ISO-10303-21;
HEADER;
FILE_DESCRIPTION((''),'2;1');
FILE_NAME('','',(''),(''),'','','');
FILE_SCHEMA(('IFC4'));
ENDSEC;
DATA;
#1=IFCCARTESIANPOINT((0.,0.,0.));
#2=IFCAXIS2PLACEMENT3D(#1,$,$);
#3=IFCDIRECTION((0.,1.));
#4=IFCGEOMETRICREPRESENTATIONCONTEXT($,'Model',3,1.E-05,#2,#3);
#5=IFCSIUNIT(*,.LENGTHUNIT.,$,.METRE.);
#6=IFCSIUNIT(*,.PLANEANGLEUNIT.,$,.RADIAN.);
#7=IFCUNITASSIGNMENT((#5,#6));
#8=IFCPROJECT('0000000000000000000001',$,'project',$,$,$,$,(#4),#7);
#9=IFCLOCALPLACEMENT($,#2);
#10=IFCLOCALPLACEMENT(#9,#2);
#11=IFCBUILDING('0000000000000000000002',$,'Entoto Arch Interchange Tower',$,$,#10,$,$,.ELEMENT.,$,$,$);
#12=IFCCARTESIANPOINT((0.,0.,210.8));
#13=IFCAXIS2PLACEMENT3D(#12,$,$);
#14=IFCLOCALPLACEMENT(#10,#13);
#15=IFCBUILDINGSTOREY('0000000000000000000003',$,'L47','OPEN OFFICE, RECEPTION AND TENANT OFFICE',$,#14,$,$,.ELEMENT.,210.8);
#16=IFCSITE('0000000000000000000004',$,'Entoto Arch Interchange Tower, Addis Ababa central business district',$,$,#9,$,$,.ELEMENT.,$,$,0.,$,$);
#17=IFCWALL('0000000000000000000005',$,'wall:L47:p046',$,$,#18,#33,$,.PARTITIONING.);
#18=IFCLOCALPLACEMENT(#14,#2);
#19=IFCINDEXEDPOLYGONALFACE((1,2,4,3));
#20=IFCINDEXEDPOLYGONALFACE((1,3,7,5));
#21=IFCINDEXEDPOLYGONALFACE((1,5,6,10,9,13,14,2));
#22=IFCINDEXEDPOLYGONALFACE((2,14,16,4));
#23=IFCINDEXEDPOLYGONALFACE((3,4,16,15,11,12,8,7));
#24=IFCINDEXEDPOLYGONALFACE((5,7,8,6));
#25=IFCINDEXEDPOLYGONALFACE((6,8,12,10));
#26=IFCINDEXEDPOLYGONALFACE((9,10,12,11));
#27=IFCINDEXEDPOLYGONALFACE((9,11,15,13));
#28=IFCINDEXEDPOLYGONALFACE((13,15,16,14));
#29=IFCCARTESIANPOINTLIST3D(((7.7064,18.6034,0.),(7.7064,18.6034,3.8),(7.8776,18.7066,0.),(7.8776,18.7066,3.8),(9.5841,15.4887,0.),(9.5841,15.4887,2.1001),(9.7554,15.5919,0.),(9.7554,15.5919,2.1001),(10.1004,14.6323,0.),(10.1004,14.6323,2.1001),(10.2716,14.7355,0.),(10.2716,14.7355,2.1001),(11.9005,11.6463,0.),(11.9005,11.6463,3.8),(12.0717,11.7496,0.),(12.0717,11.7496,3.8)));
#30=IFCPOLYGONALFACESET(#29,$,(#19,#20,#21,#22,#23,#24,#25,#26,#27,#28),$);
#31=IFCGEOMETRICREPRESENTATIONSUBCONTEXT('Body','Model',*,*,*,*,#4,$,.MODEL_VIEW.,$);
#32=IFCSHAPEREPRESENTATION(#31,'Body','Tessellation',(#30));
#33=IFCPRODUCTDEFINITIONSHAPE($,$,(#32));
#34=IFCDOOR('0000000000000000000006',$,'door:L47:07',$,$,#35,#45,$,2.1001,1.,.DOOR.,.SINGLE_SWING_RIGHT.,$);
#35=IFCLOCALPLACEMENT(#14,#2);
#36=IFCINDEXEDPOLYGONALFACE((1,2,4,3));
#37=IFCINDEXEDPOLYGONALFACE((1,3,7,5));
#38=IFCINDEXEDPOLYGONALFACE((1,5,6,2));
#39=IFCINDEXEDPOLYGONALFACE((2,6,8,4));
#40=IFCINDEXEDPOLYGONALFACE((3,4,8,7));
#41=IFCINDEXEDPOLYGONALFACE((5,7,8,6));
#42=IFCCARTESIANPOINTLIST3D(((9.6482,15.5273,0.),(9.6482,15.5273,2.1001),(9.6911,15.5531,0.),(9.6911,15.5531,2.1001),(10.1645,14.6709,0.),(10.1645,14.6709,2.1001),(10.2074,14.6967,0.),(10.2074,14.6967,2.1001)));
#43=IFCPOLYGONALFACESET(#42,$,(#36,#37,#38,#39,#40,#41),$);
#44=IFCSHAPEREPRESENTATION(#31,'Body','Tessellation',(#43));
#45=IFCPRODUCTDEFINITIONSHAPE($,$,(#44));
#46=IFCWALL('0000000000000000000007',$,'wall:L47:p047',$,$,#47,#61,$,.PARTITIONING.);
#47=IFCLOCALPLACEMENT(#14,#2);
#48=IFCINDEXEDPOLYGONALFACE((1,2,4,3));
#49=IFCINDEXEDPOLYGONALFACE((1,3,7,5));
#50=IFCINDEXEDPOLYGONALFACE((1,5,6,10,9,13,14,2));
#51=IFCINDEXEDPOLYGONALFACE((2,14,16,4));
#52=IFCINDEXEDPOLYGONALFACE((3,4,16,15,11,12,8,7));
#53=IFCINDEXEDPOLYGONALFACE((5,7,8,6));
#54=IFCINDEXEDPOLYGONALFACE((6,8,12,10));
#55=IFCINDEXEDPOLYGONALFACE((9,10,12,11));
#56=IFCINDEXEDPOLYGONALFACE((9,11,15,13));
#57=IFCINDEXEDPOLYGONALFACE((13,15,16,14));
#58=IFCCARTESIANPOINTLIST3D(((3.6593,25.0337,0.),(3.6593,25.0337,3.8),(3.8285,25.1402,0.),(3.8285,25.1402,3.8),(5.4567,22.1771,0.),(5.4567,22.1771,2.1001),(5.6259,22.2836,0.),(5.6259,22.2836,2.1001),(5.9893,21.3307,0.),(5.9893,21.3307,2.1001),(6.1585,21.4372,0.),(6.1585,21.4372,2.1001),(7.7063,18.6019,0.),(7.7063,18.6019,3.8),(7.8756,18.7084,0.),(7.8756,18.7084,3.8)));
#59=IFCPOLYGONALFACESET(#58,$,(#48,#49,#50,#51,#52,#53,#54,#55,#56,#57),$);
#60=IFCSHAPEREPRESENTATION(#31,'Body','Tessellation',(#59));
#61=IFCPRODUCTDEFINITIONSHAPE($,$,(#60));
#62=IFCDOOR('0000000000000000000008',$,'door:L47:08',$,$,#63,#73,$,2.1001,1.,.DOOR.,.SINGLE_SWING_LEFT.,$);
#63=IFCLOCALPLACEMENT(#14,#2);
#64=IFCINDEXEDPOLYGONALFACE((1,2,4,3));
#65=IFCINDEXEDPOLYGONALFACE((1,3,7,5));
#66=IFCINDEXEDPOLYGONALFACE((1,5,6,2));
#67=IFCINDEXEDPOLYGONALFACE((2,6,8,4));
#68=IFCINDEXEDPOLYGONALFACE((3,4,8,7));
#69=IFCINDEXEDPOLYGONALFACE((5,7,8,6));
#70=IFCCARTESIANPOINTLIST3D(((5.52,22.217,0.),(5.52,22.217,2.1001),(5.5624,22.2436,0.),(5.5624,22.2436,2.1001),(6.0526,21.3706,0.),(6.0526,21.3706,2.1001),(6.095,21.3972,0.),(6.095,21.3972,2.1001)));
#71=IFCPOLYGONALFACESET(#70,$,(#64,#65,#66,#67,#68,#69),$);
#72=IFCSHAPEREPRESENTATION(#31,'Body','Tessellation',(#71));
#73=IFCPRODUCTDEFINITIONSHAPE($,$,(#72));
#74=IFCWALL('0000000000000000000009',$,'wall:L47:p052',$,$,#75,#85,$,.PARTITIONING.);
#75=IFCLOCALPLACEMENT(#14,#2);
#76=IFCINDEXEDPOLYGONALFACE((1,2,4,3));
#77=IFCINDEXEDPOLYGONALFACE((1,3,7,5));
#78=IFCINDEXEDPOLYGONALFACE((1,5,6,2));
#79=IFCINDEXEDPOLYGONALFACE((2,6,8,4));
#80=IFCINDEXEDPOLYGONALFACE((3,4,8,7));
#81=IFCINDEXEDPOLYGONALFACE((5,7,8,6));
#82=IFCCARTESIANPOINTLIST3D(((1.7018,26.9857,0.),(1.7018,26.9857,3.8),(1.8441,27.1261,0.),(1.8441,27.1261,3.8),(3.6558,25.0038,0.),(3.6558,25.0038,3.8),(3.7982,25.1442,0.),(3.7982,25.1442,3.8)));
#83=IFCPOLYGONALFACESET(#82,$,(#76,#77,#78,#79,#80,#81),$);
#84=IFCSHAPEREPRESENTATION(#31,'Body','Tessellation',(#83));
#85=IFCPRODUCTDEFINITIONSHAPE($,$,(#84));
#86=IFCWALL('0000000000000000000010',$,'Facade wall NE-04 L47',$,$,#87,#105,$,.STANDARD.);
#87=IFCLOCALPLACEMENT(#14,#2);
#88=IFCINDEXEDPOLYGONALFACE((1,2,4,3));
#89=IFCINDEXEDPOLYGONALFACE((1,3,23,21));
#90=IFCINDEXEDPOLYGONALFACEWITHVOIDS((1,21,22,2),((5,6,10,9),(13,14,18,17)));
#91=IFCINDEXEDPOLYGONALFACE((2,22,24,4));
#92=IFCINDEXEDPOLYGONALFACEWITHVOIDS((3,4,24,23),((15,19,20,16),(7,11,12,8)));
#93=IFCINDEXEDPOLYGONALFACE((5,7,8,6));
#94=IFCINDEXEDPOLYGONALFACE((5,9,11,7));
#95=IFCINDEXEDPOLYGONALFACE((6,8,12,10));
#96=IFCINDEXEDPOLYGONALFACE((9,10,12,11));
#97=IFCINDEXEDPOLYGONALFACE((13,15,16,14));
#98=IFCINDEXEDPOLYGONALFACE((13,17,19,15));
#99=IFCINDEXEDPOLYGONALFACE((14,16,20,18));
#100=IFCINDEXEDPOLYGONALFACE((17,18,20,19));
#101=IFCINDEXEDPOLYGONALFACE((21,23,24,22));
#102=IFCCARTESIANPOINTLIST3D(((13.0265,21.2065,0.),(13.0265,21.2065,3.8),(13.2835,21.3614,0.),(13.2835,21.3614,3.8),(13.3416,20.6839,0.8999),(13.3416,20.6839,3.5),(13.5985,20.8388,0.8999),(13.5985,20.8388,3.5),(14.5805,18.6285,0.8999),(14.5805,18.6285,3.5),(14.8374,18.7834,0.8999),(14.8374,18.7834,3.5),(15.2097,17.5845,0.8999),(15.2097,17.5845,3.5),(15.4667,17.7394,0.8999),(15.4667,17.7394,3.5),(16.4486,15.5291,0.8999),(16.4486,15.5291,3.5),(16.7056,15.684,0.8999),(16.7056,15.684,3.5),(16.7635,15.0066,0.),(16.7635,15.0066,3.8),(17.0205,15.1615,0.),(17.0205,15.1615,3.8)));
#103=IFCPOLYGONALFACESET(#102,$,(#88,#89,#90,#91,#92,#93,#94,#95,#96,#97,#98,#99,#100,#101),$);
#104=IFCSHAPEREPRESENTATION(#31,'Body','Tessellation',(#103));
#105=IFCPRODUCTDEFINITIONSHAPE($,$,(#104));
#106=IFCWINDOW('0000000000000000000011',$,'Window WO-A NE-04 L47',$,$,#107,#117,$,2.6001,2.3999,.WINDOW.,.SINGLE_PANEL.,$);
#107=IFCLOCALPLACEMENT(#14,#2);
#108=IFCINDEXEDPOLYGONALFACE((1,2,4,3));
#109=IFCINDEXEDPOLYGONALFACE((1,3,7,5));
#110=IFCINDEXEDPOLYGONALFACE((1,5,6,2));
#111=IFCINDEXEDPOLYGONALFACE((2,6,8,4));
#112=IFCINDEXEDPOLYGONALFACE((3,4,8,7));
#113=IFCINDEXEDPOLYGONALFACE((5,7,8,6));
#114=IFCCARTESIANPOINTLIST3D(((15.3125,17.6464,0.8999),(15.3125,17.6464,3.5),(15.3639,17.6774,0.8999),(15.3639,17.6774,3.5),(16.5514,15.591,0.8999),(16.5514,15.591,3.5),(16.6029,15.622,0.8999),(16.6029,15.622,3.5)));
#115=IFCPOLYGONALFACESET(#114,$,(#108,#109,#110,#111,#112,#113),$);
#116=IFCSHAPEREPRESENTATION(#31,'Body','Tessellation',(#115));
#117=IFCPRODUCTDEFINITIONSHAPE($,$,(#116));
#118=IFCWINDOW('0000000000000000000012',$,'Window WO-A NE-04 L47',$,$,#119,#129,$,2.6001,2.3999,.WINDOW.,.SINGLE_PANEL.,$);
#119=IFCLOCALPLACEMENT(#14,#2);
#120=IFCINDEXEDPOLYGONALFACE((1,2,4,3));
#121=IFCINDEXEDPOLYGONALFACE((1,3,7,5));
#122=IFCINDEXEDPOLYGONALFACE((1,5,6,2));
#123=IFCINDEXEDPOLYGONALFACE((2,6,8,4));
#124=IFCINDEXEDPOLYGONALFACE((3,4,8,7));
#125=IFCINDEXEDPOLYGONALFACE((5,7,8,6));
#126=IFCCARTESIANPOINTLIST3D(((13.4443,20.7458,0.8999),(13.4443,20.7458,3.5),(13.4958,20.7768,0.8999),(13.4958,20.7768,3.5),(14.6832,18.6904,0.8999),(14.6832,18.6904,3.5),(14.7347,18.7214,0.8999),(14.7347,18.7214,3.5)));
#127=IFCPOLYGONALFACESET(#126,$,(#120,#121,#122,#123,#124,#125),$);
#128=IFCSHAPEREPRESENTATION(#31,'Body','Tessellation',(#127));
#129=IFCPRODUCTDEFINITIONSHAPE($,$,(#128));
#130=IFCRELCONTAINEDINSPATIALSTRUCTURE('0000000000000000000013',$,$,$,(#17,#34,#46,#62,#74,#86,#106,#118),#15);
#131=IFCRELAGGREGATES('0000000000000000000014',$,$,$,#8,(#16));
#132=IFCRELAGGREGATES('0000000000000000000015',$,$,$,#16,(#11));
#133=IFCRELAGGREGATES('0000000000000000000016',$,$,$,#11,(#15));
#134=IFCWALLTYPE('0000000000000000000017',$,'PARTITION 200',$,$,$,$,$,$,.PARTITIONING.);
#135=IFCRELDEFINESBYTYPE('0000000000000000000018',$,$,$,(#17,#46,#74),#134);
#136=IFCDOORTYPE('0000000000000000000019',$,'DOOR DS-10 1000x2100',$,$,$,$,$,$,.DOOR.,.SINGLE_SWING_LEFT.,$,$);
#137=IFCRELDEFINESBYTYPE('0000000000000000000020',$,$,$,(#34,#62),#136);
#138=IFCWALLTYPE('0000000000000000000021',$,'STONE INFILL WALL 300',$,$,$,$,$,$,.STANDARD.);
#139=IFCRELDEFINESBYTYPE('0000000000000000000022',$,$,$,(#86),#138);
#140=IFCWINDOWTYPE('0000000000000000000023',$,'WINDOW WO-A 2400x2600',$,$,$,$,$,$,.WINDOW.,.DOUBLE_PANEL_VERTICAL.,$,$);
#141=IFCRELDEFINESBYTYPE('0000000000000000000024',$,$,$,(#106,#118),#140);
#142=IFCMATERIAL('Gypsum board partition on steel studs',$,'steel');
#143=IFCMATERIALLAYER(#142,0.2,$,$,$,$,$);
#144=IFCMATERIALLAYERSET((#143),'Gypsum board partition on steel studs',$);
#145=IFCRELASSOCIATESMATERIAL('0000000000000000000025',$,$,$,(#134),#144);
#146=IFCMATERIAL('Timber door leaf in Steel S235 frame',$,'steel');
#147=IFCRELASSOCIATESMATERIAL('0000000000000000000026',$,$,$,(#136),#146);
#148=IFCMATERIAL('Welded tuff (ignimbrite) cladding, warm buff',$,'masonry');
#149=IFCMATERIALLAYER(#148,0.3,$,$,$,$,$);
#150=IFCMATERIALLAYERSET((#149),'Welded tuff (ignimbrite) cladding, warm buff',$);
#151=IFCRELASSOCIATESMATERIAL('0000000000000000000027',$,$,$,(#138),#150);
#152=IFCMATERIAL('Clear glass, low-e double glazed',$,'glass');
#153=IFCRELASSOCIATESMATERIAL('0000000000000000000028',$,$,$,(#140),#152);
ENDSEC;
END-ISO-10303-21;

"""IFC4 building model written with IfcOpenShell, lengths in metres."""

from ifc_helpers import new_model, si_unit, direction, frame, frame_2d, origin, place, context, subcontext, project, spatial, rectangle, extrude, material, layer, layer_set, type_object, element, fill, save


model = new_model("IFC4")

# Units and contexts
model_context = context("Model", 3, precision=1e-05, world=origin(), true_north=direction((0.0, 1.0)))
body_context = subcontext(model_context, "Body", "Model", "MODEL_VIEW")
ifc_project = project(units=[si_unit("LENGTHUNIT", "METRE"), si_unit("PLANEANGLEUNIT", "RADIAN")], contexts=[model_context])

# Site, building, storey
site_placement = place(None, origin())
site = spatial("IfcSite", under=ifc_project, at=site_placement, Name="Entoto Arch Interchange Tower, Addis Ababa central business district", CompositionType="ELEMENT", RefElevation=0.0)
building_placement = place(site_placement, origin())
building = spatial("IfcBuilding", under=site, at=building_placement, Name="Entoto Arch Interchange Tower", CompositionType="ELEMENT")
storey_placement = place(building_placement, frame((0.0, 0.0, 210.8)))
storey = spatial("IfcBuildingStorey", under=building, at=storey_placement, Name="L47", Description="OPEN OFFICE, RECEPTION AND TENANT OFFICE", CompositionType="ELEMENT", Elevation=210.8)

# Shared definitions
ifc_material_1 = material(Name="Gypsum board partition on steel studs", Category="steel")
ifc_layer_1 = layer(ifc_material_1, 0.2)
ifc_layer_set_1 = layer_set([ifc_layer_1], Name="Gypsum board partition on steel studs")
wall_type_1 = type_object("IfcWallType", Name="PARTITION 200", PredefinedType="PARTITIONING", material=ifc_layer_set_1)

# Shared definitions
ifc_material_2 = material(Name="Timber door leaf in Steel S235 frame", Category="steel")
door_type = type_object("IfcDoorType", Name="DOOR DS-10 1000x2100", OperationType="SINGLE_SWING_LEFT", PredefinedType="DOOR", material=ifc_material_2)

# Walls, openings, doors
wall_1_placement = place(storey_placement, frame((7.792, 18.655, 0.0), z_axis=(0.0, 0.0, 1.0), x_axis=(0.516293, -0.856412, 0.0)))
wall_1 = element("IfcWall", 1, at=wall_1_placement, inside=storey, type_object=wall_type_1, Name="wall:L47:p046", PredefinedType="PARTITIONING", context=body_context, shape_type="SweptSolid", body=[
    extrude(rectangle(XDim=8.1235, YDim=0.2, at=frame_2d((4.0618, 0.0))), origin(), (0.0, 0.0, 1.0), 3.8),
])
opening_1_placement = place(wall_1_placement, frame((3.637, 0.0, 0.0)))
opening_1 = element("IfcOpeningElement", 2, at=opening_1_placement, cuts=wall_1, PredefinedType="OPENING", context=body_context, shape_type="SweptSolid", body=[
    extrude(rectangle(XDim=1.0, YDim=2.1001, at=frame_2d((0.5, 1.05))), frame((0.0, 0.1099, 0.0), z_axis=(0.0, -1.0, 0.0), x_axis=(1.0, 0.0, 0.0)), (0.0, 0.0, 1.0), 0.22),
])
door_1_placement = place(opening_1_placement, origin())
door_1 = element("IfcDoor", 3, at=door_1_placement, inside=storey, type_object=door_type, Name="door:L47:07", OperationType="SINGLE_SWING_RIGHT", OverallHeight=2.1001, OverallWidth=1.0, PredefinedType="DOOR", context=body_context, shape_type="SweptSolid", body=[
    extrude(rectangle(XDim=1.0, YDim=2.1001, at=frame_2d((0.5, 1.05))), frame((0.0, 0.0249, 0.0), z_axis=(0.0, -1.0, 0.0), x_axis=(1.0, 0.0, 0.0)), (0.0, 0.0, 1.0), 0.05),
])
fill(opening_1, door_1)
wall_2_placement = place(storey_placement, frame((3.7439, 25.0869, 0.0), z_axis=(0.0, 0.0, 1.0), x_axis=(0.53257, -0.846386, 0.0)))
wall_2 = element("IfcWall", 4, at=wall_2_placement, inside=storey, type_object=wall_type_1, Name="wall:L47:p047", PredefinedType="PARTITIONING", context=body_context, shape_type="SweptSolid", body=[
    extrude(rectangle(XDim=7.5991, YDim=0.2, at=frame_2d((3.7996, 0.0))), origin(), (0.0, 0.0, 1.0), 3.8),
])
opening_2_placement = place(wall_2_placement, frame((3.375, 0.0, 0.0)))
opening_2 = element("IfcOpeningElement", 5, at=opening_2_placement, cuts=wall_2, PredefinedType="OPENING", context=body_context, shape_type="SweptSolid", body=[
    extrude(rectangle(XDim=1.0, YDim=2.1001, at=frame_2d((0.5, 1.05))), frame((0.0, 0.1099, 0.0), z_axis=(0.0, -1.0, 0.0), x_axis=(1.0, 0.0, 0.0)), (0.0, 0.0, 1.0), 0.22),
])
door_2_placement = place(opening_2_placement, origin())
door_2 = element("IfcDoor", 6, at=door_2_placement, inside=storey, type_object=door_type, Name="door:L47:08", OperationType="SINGLE_SWING_LEFT", OverallHeight=2.1001, OverallWidth=1.0, PredefinedType="DOOR", context=body_context, shape_type="SweptSolid", body=[
    extrude(rectangle(XDim=1.0, YDim=2.1001, at=frame_2d((0.5, 1.05))), frame((0.0, 0.0249, 0.0), z_axis=(0.0, -1.0, 0.0), x_axis=(1.0, 0.0, 0.0)), (0.0, 0.0, 1.0), 0.05),
])
fill(opening_2, door_2)

# Wall
wall_3_placement = place(storey_placement, frame((1.7729, 27.0559, 0.0), z_axis=(0.0, 0.0, 1.0), x_axis=(0.702089, -0.712089, 0.0)))
element("IfcWall", 7, at=wall_3_placement, inside=storey, type_object=wall_type_1, Name="wall:L47:p052", PredefinedType="PARTITIONING", context=body_context, shape_type="SweptSolid", body=[
    extrude(rectangle(XDim=2.7832, YDim=0.2, at=frame_2d((1.3916, 0.0))), origin(), (0.0, 0.0, 1.0), 3.8),
])

# Wall, openings, windows
ifc_material_3 = material(Name="Welded tuff (ignimbrite) cladding, warm buff", Category="masonry")
ifc_layer_2 = layer(ifc_material_3, 0.3)
ifc_layer_set_2 = layer_set([ifc_layer_2], Name="Welded tuff (ignimbrite) cladding, warm buff")
wall_type_2 = type_object("IfcWallType", Name="STONE INFILL WALL 300", PredefinedType="STANDARD", material=ifc_layer_set_2)
wall_4_placement = place(storey_placement, frame((16.8921, 15.084, 0.0), z_axis=(0.0, 0.0, 1.0), x_axis=(-0.516231, 0.85645, 0.0)))
wall_4 = element("IfcWall", 8, at=wall_4_placement, inside=storey, type_object=wall_type_2, Name="Facade wall NE-04 L47", PredefinedType="STANDARD", context=body_context, shape_type="SweptSolid", body=[
    extrude(rectangle(XDim=7.239, YDim=0.3, at=frame_2d((3.6196, 0.0))), origin(), (0.0, 0.0, 1.0), 3.8),
])
opening_3_placement = place(wall_4_placement, frame((0.6101, 0.0, 0.8999)))
opening_3 = element("IfcOpeningElement", 9, at=opening_3_placement, cuts=wall_4, PredefinedType="OPENING", context=body_context, shape_type="SweptSolid", body=[
    extrude(rectangle(XDim=2.3999, YDim=2.6001, at=frame_2d((1.2, 1.3))), frame((0.0, 0.1602, 0.0), z_axis=(0.0, -1.0, 0.0), x_axis=(1.0, 0.0, 0.0)), (0.0, 0.0, 1.0), 0.3201),
])
opening_4_placement = place(wall_4_placement, frame((4.229, 0.0, 0.8999)))
opening_4 = element("IfcOpeningElement", 10, at=opening_4_placement, cuts=wall_4, PredefinedType="OPENING", context=body_context, shape_type="SweptSolid", body=[
    extrude(rectangle(XDim=2.3999, YDim=2.6001, at=frame_2d((1.2, 1.3))), frame((0.0, 0.1602, 0.0), z_axis=(0.0, -1.0, 0.0), x_axis=(1.0, 0.0, 0.0)), (0.0, 0.0, 1.0), 0.3201),
])
ifc_material_4 = material(Name="Clear glass, low-e double glazed", Category="glass")
window_type_1 = type_object("IfcWindowType", Name="WINDOW WO-A 2400x2600", PartitioningType="DOUBLE_PANEL_VERTICAL", PredefinedType="WINDOW", material=ifc_material_4)
window_1_placement = place(opening_3_placement, origin())
window_1 = element("IfcWindow", 11, at=window_1_placement, inside=storey, type_object=window_type_1, Name="Window WO-A NE-04 L47", OverallHeight=2.6001, OverallWidth=2.3999, PartitioningType="SINGLE_PANEL", PredefinedType="WINDOW", context=body_context, shape_type="SweptSolid", body=[
    extrude(rectangle(XDim=2.3999, YDim=2.6001, at=frame_2d((1.2, 1.3))), frame((0.0, 0.03, 0.0), z_axis=(0.0, -1.0, 0.0), x_axis=(1.0, 0.0, 0.0)), (0.0, 0.0, 1.0), 0.0601),
])
fill(opening_3, window_1)
window_2_placement = place(opening_4_placement, origin())
window_2 = element("IfcWindow", 12, at=window_2_placement, inside=storey, type_object=window_type_1, Name="Window WO-A NE-04 L47", OverallHeight=2.6001, OverallWidth=2.3999, PartitioningType="SINGLE_PANEL", PredefinedType="WINDOW", context=body_context, shape_type="SweptSolid", body=[
    extrude(rectangle(XDim=2.3999, YDim=2.6001, at=frame_2d((1.2, 1.3))), frame((0.0, 0.03, 0.0), z_axis=(0.0, -1.0, 0.0), x_axis=(1.0, 0.0, 0.0)), (0.0, 0.0, 1.0), 0.0601),
])
fill(opening_4, window_2)

save(model, "model.ifc")
